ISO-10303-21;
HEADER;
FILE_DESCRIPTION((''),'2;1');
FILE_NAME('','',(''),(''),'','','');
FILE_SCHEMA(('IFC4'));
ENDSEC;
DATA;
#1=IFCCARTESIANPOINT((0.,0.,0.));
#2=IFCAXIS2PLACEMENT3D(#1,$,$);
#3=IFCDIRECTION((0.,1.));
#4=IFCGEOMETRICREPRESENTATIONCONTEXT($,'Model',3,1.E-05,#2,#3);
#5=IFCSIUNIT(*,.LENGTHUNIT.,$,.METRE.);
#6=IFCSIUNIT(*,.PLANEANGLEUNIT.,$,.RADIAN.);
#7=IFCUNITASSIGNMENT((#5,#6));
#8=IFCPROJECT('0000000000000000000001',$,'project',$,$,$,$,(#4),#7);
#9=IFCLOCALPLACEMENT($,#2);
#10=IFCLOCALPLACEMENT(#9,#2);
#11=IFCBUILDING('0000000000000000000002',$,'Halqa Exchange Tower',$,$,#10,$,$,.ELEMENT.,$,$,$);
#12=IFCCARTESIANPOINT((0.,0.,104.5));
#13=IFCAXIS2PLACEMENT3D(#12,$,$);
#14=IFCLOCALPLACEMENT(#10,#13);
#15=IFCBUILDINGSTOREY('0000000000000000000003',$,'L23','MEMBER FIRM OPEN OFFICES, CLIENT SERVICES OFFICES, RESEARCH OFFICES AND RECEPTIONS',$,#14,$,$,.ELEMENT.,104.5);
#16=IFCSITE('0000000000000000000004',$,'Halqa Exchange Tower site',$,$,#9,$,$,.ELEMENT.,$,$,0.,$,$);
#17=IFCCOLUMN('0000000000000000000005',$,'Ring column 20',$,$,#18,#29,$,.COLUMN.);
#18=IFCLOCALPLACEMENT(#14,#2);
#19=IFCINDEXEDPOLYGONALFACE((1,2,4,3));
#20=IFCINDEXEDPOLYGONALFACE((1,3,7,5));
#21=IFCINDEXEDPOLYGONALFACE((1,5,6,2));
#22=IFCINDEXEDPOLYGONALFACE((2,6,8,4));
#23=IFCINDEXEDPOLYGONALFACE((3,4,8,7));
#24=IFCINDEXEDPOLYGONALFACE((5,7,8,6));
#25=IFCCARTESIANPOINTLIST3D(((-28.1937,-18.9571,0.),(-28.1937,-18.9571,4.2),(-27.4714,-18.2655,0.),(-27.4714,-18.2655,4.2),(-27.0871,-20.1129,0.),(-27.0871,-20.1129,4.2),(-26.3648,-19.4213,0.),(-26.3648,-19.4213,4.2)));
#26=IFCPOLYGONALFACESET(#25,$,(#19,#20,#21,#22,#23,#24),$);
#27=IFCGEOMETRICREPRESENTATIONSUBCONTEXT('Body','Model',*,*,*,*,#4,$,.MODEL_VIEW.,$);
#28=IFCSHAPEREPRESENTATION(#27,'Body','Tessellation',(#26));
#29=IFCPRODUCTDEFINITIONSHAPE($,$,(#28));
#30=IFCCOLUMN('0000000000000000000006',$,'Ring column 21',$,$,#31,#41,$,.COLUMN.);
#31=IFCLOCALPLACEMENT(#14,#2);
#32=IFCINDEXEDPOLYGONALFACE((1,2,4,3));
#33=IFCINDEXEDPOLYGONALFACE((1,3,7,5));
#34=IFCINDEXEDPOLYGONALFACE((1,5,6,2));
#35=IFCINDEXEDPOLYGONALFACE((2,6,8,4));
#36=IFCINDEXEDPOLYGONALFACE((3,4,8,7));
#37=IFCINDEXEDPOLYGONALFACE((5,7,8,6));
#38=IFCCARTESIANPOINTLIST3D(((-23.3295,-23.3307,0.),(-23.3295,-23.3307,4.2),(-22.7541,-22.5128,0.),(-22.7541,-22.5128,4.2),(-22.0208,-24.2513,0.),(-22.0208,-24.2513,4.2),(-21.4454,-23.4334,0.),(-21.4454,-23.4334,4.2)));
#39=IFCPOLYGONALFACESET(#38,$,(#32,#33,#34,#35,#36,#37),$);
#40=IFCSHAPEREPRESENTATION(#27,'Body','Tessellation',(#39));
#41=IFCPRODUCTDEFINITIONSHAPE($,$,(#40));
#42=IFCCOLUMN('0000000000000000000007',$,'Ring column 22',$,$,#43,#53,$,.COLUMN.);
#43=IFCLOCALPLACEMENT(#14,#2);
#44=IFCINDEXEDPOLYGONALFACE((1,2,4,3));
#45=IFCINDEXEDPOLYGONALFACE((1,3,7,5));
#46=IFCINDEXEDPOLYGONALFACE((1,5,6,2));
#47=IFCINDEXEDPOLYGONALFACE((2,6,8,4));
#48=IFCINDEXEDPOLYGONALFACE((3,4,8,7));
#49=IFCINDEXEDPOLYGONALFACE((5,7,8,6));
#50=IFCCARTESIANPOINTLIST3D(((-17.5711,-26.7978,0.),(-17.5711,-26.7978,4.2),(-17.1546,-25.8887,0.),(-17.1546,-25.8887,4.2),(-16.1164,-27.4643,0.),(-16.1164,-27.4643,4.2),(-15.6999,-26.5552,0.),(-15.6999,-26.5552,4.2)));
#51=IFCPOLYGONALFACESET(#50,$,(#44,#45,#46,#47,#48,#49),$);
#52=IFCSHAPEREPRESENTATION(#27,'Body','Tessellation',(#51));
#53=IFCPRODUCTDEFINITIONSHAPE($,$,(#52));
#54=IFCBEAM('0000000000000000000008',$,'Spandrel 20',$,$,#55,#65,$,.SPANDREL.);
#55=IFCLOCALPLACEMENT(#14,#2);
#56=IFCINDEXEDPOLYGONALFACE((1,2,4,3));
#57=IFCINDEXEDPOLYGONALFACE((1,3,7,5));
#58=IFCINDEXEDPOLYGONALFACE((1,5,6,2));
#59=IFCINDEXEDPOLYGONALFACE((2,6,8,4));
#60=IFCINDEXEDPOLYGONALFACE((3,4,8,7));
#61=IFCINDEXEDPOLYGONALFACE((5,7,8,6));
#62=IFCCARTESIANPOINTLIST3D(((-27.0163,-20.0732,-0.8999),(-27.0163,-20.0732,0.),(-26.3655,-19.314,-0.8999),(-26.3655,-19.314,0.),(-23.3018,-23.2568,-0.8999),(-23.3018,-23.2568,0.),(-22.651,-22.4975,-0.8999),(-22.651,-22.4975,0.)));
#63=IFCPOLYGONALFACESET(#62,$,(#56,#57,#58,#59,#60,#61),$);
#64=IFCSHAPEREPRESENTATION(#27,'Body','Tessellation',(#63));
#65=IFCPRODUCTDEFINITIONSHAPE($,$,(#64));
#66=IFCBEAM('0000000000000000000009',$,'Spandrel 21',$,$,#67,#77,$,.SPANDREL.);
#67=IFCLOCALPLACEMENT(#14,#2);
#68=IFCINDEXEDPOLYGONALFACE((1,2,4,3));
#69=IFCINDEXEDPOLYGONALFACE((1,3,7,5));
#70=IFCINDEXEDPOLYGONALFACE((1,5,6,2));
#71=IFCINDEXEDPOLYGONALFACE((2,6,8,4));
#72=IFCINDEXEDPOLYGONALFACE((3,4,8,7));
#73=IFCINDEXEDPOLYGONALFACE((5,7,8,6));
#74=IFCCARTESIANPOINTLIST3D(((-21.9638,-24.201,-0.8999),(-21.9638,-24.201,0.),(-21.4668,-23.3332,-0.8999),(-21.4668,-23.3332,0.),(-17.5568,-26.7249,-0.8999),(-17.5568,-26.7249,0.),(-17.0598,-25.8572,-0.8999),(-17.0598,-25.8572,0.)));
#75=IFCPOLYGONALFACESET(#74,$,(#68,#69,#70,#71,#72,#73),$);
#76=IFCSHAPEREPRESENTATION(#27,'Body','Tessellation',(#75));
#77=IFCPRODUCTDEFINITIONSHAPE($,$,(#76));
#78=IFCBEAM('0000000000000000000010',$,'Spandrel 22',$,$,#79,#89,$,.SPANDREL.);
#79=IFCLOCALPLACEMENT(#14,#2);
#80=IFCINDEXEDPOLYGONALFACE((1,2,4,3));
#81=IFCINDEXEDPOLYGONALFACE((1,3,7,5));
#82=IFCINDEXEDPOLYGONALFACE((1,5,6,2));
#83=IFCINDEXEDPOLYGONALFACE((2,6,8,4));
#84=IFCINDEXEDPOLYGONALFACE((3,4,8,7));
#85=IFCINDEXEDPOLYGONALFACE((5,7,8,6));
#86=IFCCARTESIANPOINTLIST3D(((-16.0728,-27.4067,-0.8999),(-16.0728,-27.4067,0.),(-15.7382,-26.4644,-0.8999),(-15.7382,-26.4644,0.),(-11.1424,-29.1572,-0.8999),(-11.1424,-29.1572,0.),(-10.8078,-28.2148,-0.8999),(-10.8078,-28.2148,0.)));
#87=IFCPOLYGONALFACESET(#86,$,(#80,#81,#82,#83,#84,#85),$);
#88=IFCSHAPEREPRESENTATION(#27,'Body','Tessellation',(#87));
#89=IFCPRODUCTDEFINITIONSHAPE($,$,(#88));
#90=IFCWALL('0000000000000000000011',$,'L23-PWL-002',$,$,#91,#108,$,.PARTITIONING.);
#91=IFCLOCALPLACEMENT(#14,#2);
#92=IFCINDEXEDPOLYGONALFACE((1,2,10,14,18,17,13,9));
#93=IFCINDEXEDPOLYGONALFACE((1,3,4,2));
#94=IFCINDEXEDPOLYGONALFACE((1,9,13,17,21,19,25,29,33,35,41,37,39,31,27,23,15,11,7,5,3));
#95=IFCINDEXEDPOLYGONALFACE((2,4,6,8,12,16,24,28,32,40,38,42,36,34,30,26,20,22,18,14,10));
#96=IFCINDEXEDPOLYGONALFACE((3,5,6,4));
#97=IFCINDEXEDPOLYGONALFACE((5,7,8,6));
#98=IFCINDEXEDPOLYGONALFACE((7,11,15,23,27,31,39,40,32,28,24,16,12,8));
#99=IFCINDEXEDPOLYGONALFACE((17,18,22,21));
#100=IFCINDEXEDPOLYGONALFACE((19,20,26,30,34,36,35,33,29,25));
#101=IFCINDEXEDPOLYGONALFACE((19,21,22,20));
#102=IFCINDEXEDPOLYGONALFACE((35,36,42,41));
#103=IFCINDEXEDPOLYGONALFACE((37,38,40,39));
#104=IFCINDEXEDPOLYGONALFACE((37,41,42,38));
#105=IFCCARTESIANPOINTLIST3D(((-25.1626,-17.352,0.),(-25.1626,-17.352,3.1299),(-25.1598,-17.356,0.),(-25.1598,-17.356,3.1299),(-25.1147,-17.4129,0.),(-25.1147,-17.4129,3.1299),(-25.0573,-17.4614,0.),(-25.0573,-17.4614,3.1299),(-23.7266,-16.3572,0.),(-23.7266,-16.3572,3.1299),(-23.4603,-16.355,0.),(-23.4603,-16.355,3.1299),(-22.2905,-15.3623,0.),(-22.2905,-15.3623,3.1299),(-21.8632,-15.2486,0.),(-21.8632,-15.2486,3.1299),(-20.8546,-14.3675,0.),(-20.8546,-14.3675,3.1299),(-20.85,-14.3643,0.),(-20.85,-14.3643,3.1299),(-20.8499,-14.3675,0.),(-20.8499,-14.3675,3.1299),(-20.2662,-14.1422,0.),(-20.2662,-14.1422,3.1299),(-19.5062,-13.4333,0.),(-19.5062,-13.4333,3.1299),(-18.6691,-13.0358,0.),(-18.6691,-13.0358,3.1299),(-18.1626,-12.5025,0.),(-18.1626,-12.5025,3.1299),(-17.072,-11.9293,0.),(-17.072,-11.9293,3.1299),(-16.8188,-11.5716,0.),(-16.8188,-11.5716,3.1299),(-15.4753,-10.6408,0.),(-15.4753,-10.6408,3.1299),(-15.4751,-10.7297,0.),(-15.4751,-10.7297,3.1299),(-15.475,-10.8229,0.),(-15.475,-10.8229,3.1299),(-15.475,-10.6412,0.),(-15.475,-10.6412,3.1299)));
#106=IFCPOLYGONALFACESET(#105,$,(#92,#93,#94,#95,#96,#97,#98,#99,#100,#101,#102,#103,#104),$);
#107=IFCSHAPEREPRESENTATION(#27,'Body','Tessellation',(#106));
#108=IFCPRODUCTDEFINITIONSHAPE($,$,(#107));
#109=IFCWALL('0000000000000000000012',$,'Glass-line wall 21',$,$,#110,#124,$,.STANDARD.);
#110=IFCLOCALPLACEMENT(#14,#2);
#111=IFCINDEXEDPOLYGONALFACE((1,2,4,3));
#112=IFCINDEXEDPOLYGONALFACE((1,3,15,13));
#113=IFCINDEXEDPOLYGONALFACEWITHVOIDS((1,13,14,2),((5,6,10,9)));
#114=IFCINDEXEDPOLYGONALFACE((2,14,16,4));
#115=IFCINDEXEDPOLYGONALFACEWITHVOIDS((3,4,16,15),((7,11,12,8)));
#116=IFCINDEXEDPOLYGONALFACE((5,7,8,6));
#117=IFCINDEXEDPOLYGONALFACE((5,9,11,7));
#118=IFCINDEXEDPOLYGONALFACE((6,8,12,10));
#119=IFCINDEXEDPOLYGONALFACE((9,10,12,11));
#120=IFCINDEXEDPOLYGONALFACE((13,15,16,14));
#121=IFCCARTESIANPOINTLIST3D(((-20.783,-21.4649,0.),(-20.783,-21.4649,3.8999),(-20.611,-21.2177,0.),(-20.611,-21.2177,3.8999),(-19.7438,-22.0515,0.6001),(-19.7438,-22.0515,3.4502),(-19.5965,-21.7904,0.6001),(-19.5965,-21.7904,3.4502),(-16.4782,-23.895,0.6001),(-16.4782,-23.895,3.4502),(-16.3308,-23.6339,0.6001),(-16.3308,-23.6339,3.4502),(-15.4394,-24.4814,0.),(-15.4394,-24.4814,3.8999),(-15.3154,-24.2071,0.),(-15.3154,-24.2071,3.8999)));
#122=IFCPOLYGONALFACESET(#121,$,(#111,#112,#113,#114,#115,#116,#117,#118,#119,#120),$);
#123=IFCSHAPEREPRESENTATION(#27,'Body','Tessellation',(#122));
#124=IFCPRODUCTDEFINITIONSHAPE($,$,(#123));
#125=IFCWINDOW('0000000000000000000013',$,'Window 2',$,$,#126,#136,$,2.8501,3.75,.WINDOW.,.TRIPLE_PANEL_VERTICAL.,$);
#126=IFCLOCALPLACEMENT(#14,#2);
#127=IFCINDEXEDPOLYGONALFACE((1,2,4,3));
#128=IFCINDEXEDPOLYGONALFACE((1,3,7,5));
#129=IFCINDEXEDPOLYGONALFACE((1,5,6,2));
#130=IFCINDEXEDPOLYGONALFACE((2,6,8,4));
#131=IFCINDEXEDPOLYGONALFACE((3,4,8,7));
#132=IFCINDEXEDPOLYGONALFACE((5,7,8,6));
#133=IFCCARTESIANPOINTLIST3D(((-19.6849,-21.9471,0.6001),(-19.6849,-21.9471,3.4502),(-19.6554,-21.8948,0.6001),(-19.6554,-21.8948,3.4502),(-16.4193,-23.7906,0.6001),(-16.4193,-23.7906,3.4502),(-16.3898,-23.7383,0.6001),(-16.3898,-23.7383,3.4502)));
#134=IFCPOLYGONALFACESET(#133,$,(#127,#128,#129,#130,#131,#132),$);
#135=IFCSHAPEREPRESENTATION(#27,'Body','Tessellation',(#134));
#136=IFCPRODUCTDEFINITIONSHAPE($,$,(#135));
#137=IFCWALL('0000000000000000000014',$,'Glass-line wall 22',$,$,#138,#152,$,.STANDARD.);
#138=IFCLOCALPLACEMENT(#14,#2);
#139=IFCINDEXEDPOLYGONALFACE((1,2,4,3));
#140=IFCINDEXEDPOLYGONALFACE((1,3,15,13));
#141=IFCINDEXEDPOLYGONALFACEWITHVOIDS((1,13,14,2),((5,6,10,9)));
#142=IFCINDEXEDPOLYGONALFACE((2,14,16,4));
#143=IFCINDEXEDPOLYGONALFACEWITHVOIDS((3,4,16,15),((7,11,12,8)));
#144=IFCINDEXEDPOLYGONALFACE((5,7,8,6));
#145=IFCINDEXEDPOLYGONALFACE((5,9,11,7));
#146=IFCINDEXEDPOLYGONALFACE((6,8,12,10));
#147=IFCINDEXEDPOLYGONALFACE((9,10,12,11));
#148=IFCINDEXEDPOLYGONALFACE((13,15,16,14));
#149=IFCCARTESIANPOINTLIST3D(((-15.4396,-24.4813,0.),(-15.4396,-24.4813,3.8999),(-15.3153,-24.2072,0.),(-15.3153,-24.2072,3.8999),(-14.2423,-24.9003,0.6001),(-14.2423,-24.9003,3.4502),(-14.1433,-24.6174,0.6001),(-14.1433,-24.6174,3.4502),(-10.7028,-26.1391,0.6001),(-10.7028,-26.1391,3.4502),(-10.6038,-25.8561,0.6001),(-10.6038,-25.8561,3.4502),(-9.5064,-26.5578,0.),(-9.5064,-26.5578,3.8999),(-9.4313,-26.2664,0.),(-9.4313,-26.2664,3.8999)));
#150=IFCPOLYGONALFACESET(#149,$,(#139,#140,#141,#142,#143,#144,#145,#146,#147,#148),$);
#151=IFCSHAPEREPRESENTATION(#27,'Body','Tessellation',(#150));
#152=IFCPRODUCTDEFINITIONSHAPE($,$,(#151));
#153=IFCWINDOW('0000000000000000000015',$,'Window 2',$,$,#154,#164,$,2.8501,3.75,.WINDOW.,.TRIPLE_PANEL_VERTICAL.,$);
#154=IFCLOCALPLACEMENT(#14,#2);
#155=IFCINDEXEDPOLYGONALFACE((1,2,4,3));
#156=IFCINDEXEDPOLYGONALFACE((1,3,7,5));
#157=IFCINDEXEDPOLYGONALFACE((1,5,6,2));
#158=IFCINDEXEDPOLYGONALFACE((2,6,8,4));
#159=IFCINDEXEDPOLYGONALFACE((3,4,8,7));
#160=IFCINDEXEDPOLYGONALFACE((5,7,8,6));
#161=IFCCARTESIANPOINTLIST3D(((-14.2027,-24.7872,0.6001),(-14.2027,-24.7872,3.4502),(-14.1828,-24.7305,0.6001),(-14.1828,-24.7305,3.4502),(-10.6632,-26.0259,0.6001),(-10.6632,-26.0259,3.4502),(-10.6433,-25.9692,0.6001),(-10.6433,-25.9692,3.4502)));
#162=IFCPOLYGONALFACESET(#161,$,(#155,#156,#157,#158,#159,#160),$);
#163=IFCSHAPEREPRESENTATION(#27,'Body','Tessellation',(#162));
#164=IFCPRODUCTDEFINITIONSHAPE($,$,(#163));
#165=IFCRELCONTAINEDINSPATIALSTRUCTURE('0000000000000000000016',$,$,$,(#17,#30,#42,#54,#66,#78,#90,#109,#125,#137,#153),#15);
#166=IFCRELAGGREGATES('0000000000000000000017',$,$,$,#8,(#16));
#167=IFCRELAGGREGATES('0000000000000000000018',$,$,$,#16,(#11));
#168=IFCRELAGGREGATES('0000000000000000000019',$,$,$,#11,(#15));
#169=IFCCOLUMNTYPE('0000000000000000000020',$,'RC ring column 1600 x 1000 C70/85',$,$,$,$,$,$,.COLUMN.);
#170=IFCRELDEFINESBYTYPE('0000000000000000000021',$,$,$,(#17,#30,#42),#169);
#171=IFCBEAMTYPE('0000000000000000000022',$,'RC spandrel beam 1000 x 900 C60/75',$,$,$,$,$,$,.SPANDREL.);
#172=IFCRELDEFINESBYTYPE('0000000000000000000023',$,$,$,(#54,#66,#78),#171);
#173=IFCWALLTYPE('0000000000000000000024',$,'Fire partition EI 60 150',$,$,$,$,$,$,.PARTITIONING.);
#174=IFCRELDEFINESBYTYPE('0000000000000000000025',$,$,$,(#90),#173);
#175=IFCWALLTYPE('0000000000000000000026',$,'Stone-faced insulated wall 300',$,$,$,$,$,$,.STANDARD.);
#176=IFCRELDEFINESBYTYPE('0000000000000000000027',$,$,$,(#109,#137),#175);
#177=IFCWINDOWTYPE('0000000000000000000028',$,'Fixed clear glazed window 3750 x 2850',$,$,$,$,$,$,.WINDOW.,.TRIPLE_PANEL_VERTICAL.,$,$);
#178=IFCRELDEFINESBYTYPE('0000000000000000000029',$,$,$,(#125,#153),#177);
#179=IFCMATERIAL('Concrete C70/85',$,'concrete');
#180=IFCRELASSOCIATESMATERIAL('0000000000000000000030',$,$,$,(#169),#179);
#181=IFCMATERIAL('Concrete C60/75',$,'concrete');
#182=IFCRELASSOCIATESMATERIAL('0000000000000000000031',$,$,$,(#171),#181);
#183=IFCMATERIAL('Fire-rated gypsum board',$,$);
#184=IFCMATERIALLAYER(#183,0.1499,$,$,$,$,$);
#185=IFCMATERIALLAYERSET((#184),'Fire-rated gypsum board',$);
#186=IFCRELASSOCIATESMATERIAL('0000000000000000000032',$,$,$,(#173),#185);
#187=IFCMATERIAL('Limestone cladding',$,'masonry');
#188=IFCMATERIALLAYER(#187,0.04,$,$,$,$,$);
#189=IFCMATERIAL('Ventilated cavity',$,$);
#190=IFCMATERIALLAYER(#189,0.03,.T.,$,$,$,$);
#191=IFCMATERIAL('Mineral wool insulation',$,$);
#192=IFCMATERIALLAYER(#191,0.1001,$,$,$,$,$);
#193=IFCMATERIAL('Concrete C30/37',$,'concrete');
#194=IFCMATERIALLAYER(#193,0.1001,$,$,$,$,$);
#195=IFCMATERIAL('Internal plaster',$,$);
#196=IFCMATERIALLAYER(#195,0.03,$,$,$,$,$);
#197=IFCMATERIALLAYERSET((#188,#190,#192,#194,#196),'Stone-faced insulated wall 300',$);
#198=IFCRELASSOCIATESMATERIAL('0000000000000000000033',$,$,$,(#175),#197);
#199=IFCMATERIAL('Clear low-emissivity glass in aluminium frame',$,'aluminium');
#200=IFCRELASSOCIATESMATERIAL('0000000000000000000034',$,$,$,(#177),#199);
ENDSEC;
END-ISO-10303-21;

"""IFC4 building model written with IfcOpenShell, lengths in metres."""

from ifc_helpers import new_model, si_unit, direction, frame, frame_2d, origin, origin_2d, place, context, subcontext, project, spatial, polyline, rectangle, outline, extrude, material, layer, layer_set, material_profile, profile_set, type_object, element, fill, save


model = new_model("IFC4")

# Units and contexts
model_context = context("Model", 3, precision=1e-05, world=origin(), true_north=direction((0.0, 1.0)))
body_context = subcontext(model_context, "Body", "Model", "MODEL_VIEW")
ifc_project = project(units=[si_unit("LENGTHUNIT", "METRE"), si_unit("PLANEANGLEUNIT", "RADIAN")], contexts=[model_context])

# Site, building, storey
site_placement = place(None, origin())
site = spatial("IfcSite", under=ifc_project, at=site_placement, Name="Halqa Exchange Tower site", CompositionType="ELEMENT", RefElevation=0.0)
building_placement = place(site_placement, origin())
building = spatial("IfcBuilding", under=site, at=building_placement, Name="Halqa Exchange Tower", CompositionType="ELEMENT")
storey_placement = place(building_placement, frame((0.0, 0.0, 104.5)))
storey = spatial("IfcBuildingStorey", under=building, at=storey_placement, Name="L23", Description="MEMBER FIRM OPEN OFFICES, CLIENT SERVICES OFFICES, RESEARCH OFFICES AND RECEPTIONS", CompositionType="ELEMENT", Elevation=104.5)

# Columns
ifc_material_1 = material(Name="Concrete C70/85", Category="concrete")
ifc_material_profile_1 = material_profile(ifc_material_1, rectangle(XDim=1.6001, YDim=1.0, at=origin_2d()), Name="1600 x 1000")
ifc_profile_set_1 = profile_set([ifc_material_profile_1], Name="Concrete C70/85")
column_type = type_object("IfcColumnType", Name="RC ring column 1600 x 1000 C70/85", PredefinedType="COLUMN", material=ifc_profile_set_1)
for number, where, z_axis, x_axis, name in (
    (1, (-27.2793, -19.1892, 0.0), (0.0, 0.0, 1.0), (0.691581, -0.722299, 0.0), "Ring column 20"),
    (2, (-22.3875, -23.3821, 0.0), (0.0, 0.0, 1.0), (0.817911, -0.575345, 0.0), "Ring column 21"),
    (3, (-16.6355, -26.6765, 0.0), (0.0, 0.0, 1.0), (0.909128, -0.416517, 0.0), "Ring column 22"),
):
    element("IfcColumn", number, at=place(storey_placement, frame(where, z_axis=z_axis, x_axis=x_axis)), inside=storey, type_object=column_type, Name=name, PredefinedType="COLUMN", context=body_context, shape_type="SweptSolid", body=[
        extrude(rectangle(XDim=1.6001, YDim=1.0, at=origin_2d()), origin(), (0.0, 0.0, 1.0), 4.2),
    ])

# Beams
ifc_material_2 = material(Name="Concrete C60/75", Category="concrete")
ifc_material_profile_2 = material_profile(ifc_material_2, rectangle(XDim=1.0, YDim=0.8999, at=origin_2d()), Name="1000 x 900")
ifc_profile_set_2 = profile_set([ifc_material_profile_2], Name="Concrete C60/75")
beam_type = type_object("IfcBeamType", Name="RC spandrel beam 1000 x 900 C60/75", PredefinedType="SPANDREL", material=ifc_profile_set_2)
beam_1_placement = place(storey_placement, frame((-26.6909, -19.6936, -0.45), z_axis=(0.759292, -0.65075, 0.0), x_axis=(0.65075, 0.759292, 0.0)))
element("IfcBeam", 4, at=beam_1_placement, inside=storey, type_object=beam_type, Name="Spandrel 20", PredefinedType="SPANDREL", context=body_context, shape_type="SweptSolid", body=[
    extrude(rectangle(XDim=1.0, YDim=0.8999, at=origin_2d()), origin(), (0.0, 0.0, 1.0), 4.8921),
])
beam_2_placement = place(storey_placement, frame((-21.7153, -23.7671, -0.45), z_axis=(0.867763, -0.496977, 0.0), x_axis=(0.496977, 0.867763, 0.0)))
element("IfcBeam", 5, at=beam_2_placement, inside=storey, type_object=beam_type, Name="Spandrel 21", PredefinedType="SPANDREL", context=body_context, shape_type="SweptSolid", body=[
    extrude(rectangle(XDim=1.0, YDim=0.8999, at=origin_2d()), origin(), (0.0, 0.0, 1.0), 5.0786),
])
beam_3_placement = place(storey_placement, frame((-15.9055, -26.9355, -0.45), z_axis=(0.942368, -0.334577, 0.0), x_axis=(0.334577, 0.942368, 0.0)))
element("IfcBeam", 6, at=beam_3_placement, inside=storey, type_object=beam_type, Name="Spandrel 22", PredefinedType="SPANDREL", context=body_context, shape_type="SweptSolid", body=[
    extrude(rectangle(XDim=1.0, YDim=0.8999, at=origin_2d()), origin(), (0.0, 0.0, 1.0), 5.2319),
])

# Wall
ifc_material_3 = material(Name="Fire-rated gypsum board")
ifc_layer_1 = layer(ifc_material_3, 0.1499)
ifc_layer_set_1 = layer_set([ifc_layer_1], Name="Fire-rated gypsum board")
wall_type_1 = type_object("IfcWallType", Name="Fire partition EI 60 150", PredefinedType="PARTITIONING", material=ifc_layer_set_1)
wall_1_placement = place(storey_placement, frame((-25.1199, -17.4136, 0.0), z_axis=(0.0, 0.0, 1.0), x_axis=(0.822009, 0.569475, 0.0)))
element("IfcWall", 7, at=wall_1_placement, inside=storey, type_object=wall_type_1, Name="L23-PWL-002", PredefinedType="PARTITIONING", context=body_context, shape_type="SweptSolid", body=[
    extrude(outline(polyline([(0.0242, -0.075), (1.967, -0.075), (3.9099, -0.075), (5.8528, -0.075), (7.7957, -0.075), (9.7385, -0.075), (11.6814, -0.075), (11.7344, 0.0017), (11.7344, 0.0017), (11.7849, 0.0745), (11.7849, 0.075), (10.1504, 0.075), (8.5156, 0.075), (6.8811, 0.075), (5.2463, 0.075), (5.2446, 0.0723), (5.2407, 0.075), (3.4939, 0.075), (1.7468, 0.075), (0.0, 0.075), (0.0, 0.0701), (0.0046, -0.0024), (0.0242, -0.075)])), origin(), (0.0, 0.0, 1.0), 3.1299),
])

# Shared definitions
ifc_material_4 = material(Name="Limestone cladding", Category="masonry")
ifc_layer_2 = layer(ifc_material_4, 0.04)
ifc_material_5 = material(Name="Ventilated cavity")
ifc_layer_3 = layer(ifc_material_5, 0.03, ventilated=True)
ifc_material_6 = material(Name="Mineral wool insulation")
ifc_layer_4 = layer(ifc_material_6, 0.1001)
ifc_material_7 = material(Name="Concrete C30/37", Category="concrete")
ifc_layer_5 = layer(ifc_material_7, 0.1001)
ifc_material_8 = material(Name="Internal plaster")
ifc_layer_6 = layer(ifc_material_8, 0.03)
ifc_layer_set_2 = layer_set([ifc_layer_2, ifc_layer_3, ifc_layer_4, ifc_layer_5, ifc_layer_6], Name="Stone-faced insulated wall 300")
wall_type_2 = type_object("IfcWallType", Name="Stone-faced insulated wall 300", PredefinedType="STANDARD", material=ifc_layer_set_2)
ifc_material_9 = material(Name="Clear low-emissivity glass in aluminium frame", Category="aluminium")

# Walls, openings, windows
wall_2_placement = place(storey_placement, frame((-20.697, -21.3413, 0.0), z_axis=(0.0, 0.0, 1.0), x_axis=(0.870828, -0.491587, 0.0)))
wall_2 = element("IfcWall", 8, at=wall_2_placement, inside=storey, type_object=wall_type_2, Name="Glass-line wall 21", PredefinedType="STANDARD", context=body_context, shape_type="SweptSolid", body=[
    extrude(outline(polyline([(-0.0142, -0.1499), (6.1221, -0.1499), (6.0952, 0.1499), (0.0142, 0.1499), (-0.0142, -0.1499)])), origin(), (0.0, 0.0, 1.0), 3.8999),
])
opening_1_placement = place(wall_2_placement, frame((1.1792, 0.0, 0.6001)))
opening_1 = element("IfcOpeningElement", 9, at=opening_1_placement, cuts=wall_2, PredefinedType="OPENING", context=body_context, shape_type="SweptSolid", body=[
    extrude(rectangle(XDim=3.75, YDim=2.8501, at=frame_2d((1.875, 1.425))), frame((0.0, 0.1621, 0.0), z_axis=(0.0, -1.0, 0.0), x_axis=(1.0, 0.0, 0.0)), (0.0, 0.0, 1.0), 0.324),
])
window_type = type_object("IfcWindowType", Name="Fixed clear glazed window 3750 x 2850", PartitioningType="TRIPLE_PANEL_VERTICAL", PredefinedType="WINDOW", material=ifc_material_9)
window_1_placement = place(opening_1_placement, origin())
window_1 = element("IfcWindow", 10, at=window_1_placement, inside=storey, type_object=window_type, Name="Window 2", OverallHeight=2.8501, OverallWidth=3.75, PartitioningType="TRIPLE_PANEL_VERTICAL", PredefinedType="WINDOW", context=body_context, shape_type="SweptSolid", body=[
    extrude(rectangle(XDim=3.75, YDim=2.8501, at=frame_2d((1.875, 1.425))), frame((0.0, 0.03, 0.0), z_axis=(0.0, -1.0, 0.0), x_axis=(1.0, 0.0, 0.0)), (0.0, 0.0, 1.0), 0.0601),
])
fill(opening_1, window_1)
wall_3_placement = place(storey_placement, frame((-15.3774, -24.3442, 0.0), z_axis=(0.0, 0.0, 1.0), x_axis=(0.943867, -0.330326, 0.0)))
wall_3 = element("IfcWall", 11, at=wall_3_placement, inside=storey, type_object=wall_type_2, Name="Glass-line wall 22", PredefinedType="STANDARD", context=body_context, shape_type="SweptSolid", body=[
    extrude(outline(polyline([(-0.0134, -0.1499), (6.2727, -0.1499), (6.2473, 0.1499), (0.0134, 0.1499), (-0.0134, -0.1499)])), origin(), (0.0, 0.0, 1.0), 3.8999),
])
opening_2_placement = place(wall_3_placement, frame((1.2551, 0.0, 0.6001)))
opening_2 = element("IfcOpeningElement", 12, at=opening_2_placement, cuts=wall_3, PredefinedType="OPENING", context=body_context, shape_type="SweptSolid", body=[
    extrude(rectangle(XDim=3.75, YDim=2.8501, at=frame_2d((1.875, 1.425))), frame((0.0, 0.1621, 0.0), z_axis=(0.0, -1.0, 0.0), x_axis=(1.0, 0.0, 0.0)), (0.0, 0.0, 1.0), 0.324),
])
window_2_placement = place(opening_2_placement, origin())
window_2 = element("IfcWindow", 13, at=window_2_placement, inside=storey, type_object=window_type, Name="Window 2", OverallHeight=2.8501, OverallWidth=3.75, PartitioningType="TRIPLE_PANEL_VERTICAL", PredefinedType="WINDOW", context=body_context, shape_type="SweptSolid", body=[
    extrude(rectangle(XDim=3.75, YDim=2.8501, at=frame_2d((1.875, 1.425))), frame((0.0, 0.03, 0.0), z_axis=(0.0, -1.0, 0.0), x_axis=(1.0, 0.0, 0.0)), (0.0, 0.0, 1.0), 0.0601),
])
fill(opening_2, window_2)

save(model, "model.ifc")
